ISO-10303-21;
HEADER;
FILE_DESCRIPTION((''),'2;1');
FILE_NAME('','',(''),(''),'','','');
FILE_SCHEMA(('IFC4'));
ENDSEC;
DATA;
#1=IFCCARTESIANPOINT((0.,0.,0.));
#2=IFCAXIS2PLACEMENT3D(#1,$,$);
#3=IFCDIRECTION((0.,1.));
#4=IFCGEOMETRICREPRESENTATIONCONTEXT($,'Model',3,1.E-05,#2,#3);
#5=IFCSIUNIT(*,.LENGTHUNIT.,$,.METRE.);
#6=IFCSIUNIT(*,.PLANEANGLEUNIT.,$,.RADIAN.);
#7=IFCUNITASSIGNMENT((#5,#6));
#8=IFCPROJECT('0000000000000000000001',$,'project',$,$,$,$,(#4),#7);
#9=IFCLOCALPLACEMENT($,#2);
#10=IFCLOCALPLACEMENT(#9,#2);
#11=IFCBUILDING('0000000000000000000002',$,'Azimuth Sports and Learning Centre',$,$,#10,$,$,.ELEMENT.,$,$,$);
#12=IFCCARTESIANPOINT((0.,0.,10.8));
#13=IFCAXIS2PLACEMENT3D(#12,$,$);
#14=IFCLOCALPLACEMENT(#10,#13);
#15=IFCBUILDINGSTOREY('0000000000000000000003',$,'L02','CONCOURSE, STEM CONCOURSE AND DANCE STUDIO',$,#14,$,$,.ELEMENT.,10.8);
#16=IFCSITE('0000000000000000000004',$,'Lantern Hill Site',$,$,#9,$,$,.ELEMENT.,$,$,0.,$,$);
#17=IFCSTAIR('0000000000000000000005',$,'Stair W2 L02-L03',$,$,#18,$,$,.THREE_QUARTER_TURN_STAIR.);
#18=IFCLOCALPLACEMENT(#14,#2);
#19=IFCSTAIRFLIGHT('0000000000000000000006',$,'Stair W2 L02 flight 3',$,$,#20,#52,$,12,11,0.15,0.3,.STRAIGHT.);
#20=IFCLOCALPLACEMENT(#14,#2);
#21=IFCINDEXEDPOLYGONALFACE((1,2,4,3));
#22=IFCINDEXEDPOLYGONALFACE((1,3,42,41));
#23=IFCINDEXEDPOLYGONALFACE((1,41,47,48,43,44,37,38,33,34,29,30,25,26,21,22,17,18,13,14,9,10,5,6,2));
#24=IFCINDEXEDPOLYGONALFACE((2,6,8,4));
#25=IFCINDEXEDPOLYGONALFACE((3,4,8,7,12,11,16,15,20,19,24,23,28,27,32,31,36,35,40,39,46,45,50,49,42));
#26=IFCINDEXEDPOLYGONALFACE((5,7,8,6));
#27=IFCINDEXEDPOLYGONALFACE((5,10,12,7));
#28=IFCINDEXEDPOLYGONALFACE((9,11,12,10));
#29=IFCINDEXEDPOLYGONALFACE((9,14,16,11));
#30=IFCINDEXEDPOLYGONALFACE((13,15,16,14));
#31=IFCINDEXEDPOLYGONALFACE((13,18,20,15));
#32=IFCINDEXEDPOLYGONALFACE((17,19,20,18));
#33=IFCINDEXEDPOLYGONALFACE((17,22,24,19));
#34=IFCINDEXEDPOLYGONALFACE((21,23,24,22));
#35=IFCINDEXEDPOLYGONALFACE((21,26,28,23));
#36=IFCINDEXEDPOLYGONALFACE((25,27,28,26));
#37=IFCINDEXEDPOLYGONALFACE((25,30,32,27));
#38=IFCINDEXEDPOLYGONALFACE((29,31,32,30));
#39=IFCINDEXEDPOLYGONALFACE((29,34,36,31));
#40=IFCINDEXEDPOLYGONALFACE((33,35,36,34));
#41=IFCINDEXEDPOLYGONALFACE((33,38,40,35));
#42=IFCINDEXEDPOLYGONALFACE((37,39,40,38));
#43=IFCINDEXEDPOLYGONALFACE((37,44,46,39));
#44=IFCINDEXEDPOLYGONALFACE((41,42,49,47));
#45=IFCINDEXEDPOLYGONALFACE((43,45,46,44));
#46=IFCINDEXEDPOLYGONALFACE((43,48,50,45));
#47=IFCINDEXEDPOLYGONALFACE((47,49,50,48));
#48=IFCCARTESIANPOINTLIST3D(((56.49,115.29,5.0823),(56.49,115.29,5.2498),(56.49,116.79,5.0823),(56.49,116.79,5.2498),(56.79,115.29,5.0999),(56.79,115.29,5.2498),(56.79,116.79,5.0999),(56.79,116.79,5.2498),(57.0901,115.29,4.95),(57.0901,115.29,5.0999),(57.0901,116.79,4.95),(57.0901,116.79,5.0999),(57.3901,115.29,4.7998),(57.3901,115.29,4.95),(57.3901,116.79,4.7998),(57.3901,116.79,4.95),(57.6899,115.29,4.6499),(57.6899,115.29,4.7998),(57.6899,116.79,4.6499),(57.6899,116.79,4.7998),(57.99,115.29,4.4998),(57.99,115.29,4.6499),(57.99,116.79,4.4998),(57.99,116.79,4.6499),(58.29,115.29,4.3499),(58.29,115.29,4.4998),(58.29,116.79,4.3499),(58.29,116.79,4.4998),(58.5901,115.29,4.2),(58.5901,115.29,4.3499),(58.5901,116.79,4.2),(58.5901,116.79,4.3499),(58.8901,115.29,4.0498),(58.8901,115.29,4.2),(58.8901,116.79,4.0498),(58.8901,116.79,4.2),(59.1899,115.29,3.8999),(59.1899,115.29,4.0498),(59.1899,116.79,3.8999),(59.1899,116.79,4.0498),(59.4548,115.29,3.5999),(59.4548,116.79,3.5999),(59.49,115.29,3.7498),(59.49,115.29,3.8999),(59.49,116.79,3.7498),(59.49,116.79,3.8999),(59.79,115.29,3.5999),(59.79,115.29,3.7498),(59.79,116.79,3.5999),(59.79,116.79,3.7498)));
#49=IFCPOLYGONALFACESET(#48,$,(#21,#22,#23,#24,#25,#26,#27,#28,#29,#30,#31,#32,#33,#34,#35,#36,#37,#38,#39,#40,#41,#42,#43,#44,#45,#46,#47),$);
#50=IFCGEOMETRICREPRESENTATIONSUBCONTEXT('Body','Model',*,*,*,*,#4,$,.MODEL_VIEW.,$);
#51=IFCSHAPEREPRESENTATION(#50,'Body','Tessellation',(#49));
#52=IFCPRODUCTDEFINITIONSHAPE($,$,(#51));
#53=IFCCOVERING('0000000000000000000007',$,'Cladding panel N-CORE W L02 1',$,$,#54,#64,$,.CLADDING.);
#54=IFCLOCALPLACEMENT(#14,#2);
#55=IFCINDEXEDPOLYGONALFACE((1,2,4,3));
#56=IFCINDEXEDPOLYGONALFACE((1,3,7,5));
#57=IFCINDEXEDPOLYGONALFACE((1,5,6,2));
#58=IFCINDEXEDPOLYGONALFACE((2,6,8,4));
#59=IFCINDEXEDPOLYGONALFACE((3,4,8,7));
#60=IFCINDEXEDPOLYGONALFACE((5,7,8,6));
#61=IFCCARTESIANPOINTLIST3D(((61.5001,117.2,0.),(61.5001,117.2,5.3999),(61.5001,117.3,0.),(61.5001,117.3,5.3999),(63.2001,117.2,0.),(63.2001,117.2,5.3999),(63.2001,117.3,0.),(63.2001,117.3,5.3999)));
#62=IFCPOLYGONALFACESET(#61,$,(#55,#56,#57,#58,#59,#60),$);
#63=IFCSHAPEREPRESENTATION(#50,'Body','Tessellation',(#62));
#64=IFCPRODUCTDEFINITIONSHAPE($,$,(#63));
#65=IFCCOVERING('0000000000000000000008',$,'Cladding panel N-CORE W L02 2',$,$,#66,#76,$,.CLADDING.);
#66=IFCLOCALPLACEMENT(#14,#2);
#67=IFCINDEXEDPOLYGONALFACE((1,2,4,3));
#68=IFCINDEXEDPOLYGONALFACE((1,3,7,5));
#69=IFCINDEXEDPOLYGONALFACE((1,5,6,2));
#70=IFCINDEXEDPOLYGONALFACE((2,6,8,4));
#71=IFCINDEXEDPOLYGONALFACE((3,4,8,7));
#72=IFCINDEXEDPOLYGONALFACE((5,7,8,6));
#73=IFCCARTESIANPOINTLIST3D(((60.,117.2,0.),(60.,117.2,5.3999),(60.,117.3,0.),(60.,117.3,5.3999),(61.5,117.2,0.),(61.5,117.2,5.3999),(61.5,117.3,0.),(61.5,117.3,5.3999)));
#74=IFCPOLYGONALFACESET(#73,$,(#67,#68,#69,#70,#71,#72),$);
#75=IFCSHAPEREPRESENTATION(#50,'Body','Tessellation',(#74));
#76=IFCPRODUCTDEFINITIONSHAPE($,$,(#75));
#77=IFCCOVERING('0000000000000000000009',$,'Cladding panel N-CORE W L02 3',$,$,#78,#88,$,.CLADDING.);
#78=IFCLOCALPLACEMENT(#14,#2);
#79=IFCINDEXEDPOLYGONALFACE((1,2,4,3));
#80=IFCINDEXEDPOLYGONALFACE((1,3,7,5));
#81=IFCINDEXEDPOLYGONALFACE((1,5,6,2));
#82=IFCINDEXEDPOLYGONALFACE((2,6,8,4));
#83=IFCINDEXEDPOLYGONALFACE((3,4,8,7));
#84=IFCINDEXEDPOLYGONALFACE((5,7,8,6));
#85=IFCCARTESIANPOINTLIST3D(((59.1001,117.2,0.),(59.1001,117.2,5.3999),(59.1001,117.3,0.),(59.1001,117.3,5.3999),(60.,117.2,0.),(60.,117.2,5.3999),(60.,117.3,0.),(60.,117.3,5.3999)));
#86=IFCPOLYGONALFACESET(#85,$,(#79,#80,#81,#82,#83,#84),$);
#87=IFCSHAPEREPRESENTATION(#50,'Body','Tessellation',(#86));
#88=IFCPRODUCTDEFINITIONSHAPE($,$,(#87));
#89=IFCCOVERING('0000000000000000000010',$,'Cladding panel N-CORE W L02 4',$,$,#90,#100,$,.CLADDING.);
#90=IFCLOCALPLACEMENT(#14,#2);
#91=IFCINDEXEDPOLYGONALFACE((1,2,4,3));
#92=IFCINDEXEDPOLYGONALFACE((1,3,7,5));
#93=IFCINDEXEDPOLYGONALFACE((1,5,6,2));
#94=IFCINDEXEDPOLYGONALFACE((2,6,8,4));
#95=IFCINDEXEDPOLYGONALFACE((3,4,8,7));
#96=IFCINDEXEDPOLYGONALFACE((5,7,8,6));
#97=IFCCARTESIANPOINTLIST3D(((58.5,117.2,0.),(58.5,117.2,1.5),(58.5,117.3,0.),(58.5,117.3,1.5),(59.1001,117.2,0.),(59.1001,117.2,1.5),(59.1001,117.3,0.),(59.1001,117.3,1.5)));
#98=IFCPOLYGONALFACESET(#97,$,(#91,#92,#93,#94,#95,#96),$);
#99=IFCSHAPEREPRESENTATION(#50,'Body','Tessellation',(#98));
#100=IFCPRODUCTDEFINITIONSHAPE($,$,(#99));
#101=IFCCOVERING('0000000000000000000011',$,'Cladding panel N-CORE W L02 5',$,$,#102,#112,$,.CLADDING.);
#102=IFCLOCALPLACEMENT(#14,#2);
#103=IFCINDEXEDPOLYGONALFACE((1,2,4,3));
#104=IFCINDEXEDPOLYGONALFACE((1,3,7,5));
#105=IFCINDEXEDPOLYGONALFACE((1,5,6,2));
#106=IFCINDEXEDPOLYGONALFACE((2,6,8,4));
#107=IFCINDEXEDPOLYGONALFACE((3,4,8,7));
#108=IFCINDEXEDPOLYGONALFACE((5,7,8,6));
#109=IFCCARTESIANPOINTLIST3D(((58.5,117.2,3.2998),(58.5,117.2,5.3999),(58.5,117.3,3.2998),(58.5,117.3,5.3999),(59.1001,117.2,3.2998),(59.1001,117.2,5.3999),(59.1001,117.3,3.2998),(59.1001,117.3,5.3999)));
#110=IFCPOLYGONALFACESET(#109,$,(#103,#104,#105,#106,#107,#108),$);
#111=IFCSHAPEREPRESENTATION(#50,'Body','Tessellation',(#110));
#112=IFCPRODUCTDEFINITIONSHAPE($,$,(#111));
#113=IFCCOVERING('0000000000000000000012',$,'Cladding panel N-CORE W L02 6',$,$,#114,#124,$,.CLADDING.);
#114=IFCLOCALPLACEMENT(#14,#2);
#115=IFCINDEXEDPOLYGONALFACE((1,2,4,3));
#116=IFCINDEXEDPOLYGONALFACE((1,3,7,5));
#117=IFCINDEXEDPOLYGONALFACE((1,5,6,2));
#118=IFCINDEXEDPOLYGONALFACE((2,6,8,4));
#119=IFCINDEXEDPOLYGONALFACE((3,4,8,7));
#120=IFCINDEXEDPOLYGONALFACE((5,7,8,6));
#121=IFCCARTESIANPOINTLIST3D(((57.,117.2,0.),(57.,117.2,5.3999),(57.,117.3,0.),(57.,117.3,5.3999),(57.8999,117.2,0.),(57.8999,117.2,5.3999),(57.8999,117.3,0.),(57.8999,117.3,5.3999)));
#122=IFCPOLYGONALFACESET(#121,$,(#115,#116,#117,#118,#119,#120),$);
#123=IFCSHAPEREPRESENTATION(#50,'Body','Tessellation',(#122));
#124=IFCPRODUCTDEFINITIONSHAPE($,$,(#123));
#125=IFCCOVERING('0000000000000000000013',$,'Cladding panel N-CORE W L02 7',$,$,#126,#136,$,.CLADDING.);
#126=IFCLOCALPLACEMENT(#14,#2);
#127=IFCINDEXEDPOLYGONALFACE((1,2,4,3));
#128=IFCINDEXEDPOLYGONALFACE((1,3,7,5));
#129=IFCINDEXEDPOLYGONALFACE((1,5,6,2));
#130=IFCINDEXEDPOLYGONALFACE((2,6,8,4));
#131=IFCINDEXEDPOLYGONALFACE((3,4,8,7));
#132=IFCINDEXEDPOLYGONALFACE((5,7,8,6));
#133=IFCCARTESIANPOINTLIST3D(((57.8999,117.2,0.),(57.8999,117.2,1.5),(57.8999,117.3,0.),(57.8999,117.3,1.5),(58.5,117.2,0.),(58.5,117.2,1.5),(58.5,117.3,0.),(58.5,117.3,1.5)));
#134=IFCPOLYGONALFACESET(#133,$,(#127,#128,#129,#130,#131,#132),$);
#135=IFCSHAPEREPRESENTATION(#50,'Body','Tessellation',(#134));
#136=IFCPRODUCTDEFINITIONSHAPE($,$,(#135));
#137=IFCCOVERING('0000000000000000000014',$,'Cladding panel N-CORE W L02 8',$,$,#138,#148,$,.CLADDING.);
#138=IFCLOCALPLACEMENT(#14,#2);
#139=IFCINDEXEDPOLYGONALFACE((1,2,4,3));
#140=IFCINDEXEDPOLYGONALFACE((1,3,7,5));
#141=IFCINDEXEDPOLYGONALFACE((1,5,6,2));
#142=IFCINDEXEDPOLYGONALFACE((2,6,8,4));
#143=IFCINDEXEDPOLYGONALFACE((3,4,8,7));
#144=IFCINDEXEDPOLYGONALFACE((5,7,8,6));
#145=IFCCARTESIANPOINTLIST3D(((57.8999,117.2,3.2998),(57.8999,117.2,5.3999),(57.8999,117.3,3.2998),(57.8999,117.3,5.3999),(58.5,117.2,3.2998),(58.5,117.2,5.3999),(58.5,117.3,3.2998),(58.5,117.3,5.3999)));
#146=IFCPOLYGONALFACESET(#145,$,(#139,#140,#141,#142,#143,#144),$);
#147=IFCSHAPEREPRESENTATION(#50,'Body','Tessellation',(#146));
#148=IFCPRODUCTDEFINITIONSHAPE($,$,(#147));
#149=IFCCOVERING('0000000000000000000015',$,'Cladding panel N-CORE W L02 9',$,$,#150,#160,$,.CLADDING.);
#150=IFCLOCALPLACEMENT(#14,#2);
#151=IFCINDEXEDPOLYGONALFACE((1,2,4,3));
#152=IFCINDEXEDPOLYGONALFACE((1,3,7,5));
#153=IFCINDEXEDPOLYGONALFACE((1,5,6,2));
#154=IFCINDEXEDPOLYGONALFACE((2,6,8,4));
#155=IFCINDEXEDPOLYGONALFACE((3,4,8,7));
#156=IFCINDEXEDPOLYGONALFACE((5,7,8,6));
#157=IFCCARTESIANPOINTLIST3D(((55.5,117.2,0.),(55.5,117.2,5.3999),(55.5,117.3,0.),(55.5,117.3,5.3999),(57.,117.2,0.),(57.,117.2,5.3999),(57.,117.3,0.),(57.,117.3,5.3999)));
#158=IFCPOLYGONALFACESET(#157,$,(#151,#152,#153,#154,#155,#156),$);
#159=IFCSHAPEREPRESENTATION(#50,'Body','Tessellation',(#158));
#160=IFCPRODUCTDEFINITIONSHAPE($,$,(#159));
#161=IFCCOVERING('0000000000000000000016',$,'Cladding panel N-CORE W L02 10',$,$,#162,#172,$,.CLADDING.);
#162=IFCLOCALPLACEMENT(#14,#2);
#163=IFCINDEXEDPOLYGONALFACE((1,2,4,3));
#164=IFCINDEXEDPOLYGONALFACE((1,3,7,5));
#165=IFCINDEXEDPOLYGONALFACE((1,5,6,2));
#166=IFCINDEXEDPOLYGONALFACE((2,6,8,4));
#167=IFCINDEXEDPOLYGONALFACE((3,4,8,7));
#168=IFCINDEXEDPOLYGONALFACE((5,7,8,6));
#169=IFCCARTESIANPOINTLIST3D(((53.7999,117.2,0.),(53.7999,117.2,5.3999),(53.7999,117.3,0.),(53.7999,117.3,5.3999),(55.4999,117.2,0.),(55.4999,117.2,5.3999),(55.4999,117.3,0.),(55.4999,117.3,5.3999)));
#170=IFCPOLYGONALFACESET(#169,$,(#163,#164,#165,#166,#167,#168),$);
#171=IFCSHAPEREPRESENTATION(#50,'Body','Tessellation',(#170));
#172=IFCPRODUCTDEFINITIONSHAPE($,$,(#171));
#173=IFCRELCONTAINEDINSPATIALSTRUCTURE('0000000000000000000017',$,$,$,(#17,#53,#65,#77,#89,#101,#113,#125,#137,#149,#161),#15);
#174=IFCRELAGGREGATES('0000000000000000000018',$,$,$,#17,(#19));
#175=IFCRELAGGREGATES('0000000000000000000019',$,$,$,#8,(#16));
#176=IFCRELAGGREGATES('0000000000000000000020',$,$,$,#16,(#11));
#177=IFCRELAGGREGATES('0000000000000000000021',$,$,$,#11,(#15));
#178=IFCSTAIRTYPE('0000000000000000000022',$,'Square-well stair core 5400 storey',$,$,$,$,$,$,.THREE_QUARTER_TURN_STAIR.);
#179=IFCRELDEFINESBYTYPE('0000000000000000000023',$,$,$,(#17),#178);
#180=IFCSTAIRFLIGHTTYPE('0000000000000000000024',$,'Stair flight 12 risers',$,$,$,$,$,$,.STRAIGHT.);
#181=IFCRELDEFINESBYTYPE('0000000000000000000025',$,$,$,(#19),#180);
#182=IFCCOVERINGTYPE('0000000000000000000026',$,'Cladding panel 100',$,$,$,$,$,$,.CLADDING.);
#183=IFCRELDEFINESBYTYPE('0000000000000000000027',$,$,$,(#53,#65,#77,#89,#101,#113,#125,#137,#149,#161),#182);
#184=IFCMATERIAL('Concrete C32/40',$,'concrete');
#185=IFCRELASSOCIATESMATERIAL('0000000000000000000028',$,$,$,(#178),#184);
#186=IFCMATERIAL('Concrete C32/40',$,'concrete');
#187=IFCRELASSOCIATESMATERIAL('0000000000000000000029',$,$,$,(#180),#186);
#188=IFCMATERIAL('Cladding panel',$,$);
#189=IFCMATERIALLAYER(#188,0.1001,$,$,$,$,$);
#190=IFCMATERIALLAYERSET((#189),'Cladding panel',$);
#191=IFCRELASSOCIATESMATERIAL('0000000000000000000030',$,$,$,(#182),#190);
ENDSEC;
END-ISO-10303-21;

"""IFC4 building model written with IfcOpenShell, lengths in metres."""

from ifc_helpers import new_model, si_unit, direction, frame, origin, origin_2d, place, context, subcontext, project, spatial, polyline, rectangle, outline, extrude, material, layer, layer_set, type_object, element, aggregate, save


model = new_model("IFC4")

# Units and contexts
model_context = context("Model", 3, precision=1e-05, world=origin(), true_north=direction((0.0, 1.0)))
body_context = subcontext(model_context, "Body", "Model", "MODEL_VIEW")
ifc_project = project(units=[si_unit("LENGTHUNIT", "METRE"), si_unit("PLANEANGLEUNIT", "RADIAN")], contexts=[model_context])

# Site, building, storey
site_placement = place(None, origin())
site = spatial("IfcSite", under=ifc_project, at=site_placement, Name="Lantern Hill Site", CompositionType="ELEMENT", RefElevation=0.0)
building_placement = place(site_placement, origin())
building = spatial("IfcBuilding", under=site, at=building_placement, Name="Azimuth Sports and Learning Centre", CompositionType="ELEMENT")
storey_placement = place(building_placement, frame((0.0, 0.0, 10.8)))
storey = spatial("IfcBuildingStorey", under=building, at=storey_placement, Name="L02", Description="CONCOURSE, STEM CONCOURSE AND DANCE STUDIO", CompositionType="ELEMENT", Elevation=10.8)

# Stair, stair flight
ifc_material_1 = material(Name="Concrete C32/40", Category="concrete")
stair_type = type_object("IfcStairType", Name="Square-well stair core 5400 storey", PredefinedType="THREE_QUARTER_TURN_STAIR", material=ifc_material_1)
stair_placement = place(storey_placement, origin())
stair = element("IfcStair", 1, at=stair_placement, inside=storey, type_object=stair_type, Name="Stair W2 L02-L03", PredefinedType="THREE_QUARTER_TURN_STAIR")
ifc_material_2 = material(Name="Concrete C32/40", Category="concrete")
stair_flight_type = type_object("IfcStairFlightType", Name="Stair flight 12 risers", PredefinedType="STRAIGHT", material=ifc_material_2)
stair_flight_placement = place(storey_placement, frame((59.79, 116.04, 3.5999), z_axis=(0.0, 0.0, 1.0), x_axis=(-1.0, 0.0, 0.0)))
stair_flight = element("IfcStairFlight", 2, at=stair_flight_placement, type_object=stair_flight_type, Name="Stair W2 L02 flight 3", NumberOfRisers=12, NumberOfTreads=11, PredefinedType="STRAIGHT", RiserHeight=0.15, TreadLength=0.3, context=body_context, shape_type="SweptSolid", body=[
    extrude(outline(polyline([(0.0, 0.0), (0.0, 0.1499), (0.3, 0.1499), (0.3, 0.3), (0.6001, 0.3), (0.6001, 0.45), (0.8999, 0.45), (0.8999, 0.6001), (1.2, 0.6001), (1.2, 0.75), (1.5, 0.75), (1.5, 0.8999), (1.8, 0.8999), (1.8, 1.05), (2.1001, 1.05), (2.1001, 1.2), (2.3999, 1.2), (2.3999, 1.3501), (2.7, 1.3501), (2.7, 1.5), (3.0, 1.5), (3.0, 1.6499), (3.3, 1.6499), (3.3, 1.8), (3.3, 1.4824), (0.3352, 0.0), (0.0, 0.0)])), frame((0.0, 0.75, 0.0), z_axis=(0.0, -1.0, 0.0), x_axis=(1.0, 0.0, 0.0)), (0.0, 0.0, 1.0), 1.5),
])
aggregate(stair, [stair_flight])

# Coverings
ifc_material_3 = material(Name="Cladding panel")
ifc_layer_1 = layer(ifc_material_3, 0.1001)
ifc_layer_set_1 = layer_set([ifc_layer_1], Name="Cladding panel")
covering_type = type_object("IfcCoveringType", Name="Cladding panel 100", PredefinedType="CLADDING", material=ifc_layer_set_1)
covering_1_placement = place(storey_placement, frame((62.3501, 117.25, 0.0), z_axis=(0.0, 0.0, 1.0), x_axis=(-1.0, 0.0, 0.0)))
element("IfcCovering", 3, at=covering_1_placement, inside=storey, type_object=covering_type, Name="Cladding panel N-CORE W L02 1", PredefinedType="CLADDING", context=body_context, shape_type="SweptSolid", body=[
    extrude(rectangle(XDim=1.7, YDim=0.1001, at=origin_2d()), origin(), (0.0, 0.0, 1.0), 5.3999),
])
covering_2_placement = place(storey_placement, frame((60.75, 117.25, 0.0), z_axis=(0.0, 0.0, 1.0), x_axis=(-1.0, 0.0, 0.0)))
element("IfcCovering", 4, at=covering_2_placement, inside=storey, type_object=covering_type, Name="Cladding panel N-CORE W L02 2", PredefinedType="CLADDING", context=body_context, shape_type="SweptSolid", body=[
    extrude(rectangle(XDim=1.5, YDim=0.1001, at=origin_2d()), origin(), (0.0, 0.0, 1.0), 5.3999),
])
covering_3_placement = place(storey_placement, frame((59.55, 117.25, 0.0), z_axis=(0.0, 0.0, 1.0), x_axis=(-1.0, 0.0, 0.0)))
element("IfcCovering", 5, at=covering_3_placement, inside=storey, type_object=covering_type, Name="Cladding panel N-CORE W L02 3", PredefinedType="CLADDING", context=body_context, shape_type="SweptSolid", body=[
    extrude(rectangle(XDim=0.8999, YDim=0.1001, at=origin_2d()), origin(), (0.0, 0.0, 1.0), 5.3999),
])
covering_4_placement = place(storey_placement, frame((58.8, 117.25, 0.0), z_axis=(0.0, 0.0, 1.0), x_axis=(-1.0, 0.0, 0.0)))
element("IfcCovering", 6, at=covering_4_placement, inside=storey, type_object=covering_type, Name="Cladding panel N-CORE W L02 4", PredefinedType="CLADDING", context=body_context, shape_type="SweptSolid", body=[
    extrude(rectangle(XDim=0.6001, YDim=0.1001, at=origin_2d()), origin(), (0.0, 0.0, 1.0), 1.5),
])
covering_5_placement = place(storey_placement, frame((58.8, 117.25, 3.2998), z_axis=(0.0, 0.0, 1.0), x_axis=(-1.0, 0.0, 0.0)))
element("IfcCovering", 7, at=covering_5_placement, inside=storey, type_object=covering_type, Name="Cladding panel N-CORE W L02 5", PredefinedType="CLADDING", context=body_context, shape_type="SweptSolid", body=[
    extrude(rectangle(XDim=0.6001, YDim=0.1001, at=origin_2d()), origin(), (0.0, 0.0, 1.0), 2.1001),
])
covering_6_placement = place(storey_placement, frame((57.45, 117.25, 0.0), z_axis=(0.0, 0.0, 1.0), x_axis=(-1.0, 0.0, 0.0)))
element("IfcCovering", 8, at=covering_6_placement, inside=storey, type_object=covering_type, Name="Cladding panel N-CORE W L02 6", PredefinedType="CLADDING", context=body_context, shape_type="SweptSolid", body=[
    extrude(rectangle(XDim=0.8999, YDim=0.1001, at=origin_2d()), origin(), (0.0, 0.0, 1.0), 5.3999),
])
covering_7_placement = place(storey_placement, frame((58.2, 117.25, 0.0), z_axis=(0.0, 0.0, 1.0), x_axis=(-1.0, 0.0, 0.0)))
element("IfcCovering", 9, at=covering_7_placement, inside=storey, type_object=covering_type, Name="Cladding panel N-CORE W L02 7", PredefinedType="CLADDING", context=body_context, shape_type="SweptSolid", body=[
    extrude(rectangle(XDim=0.6001, YDim=0.1001, at=origin_2d()), origin(), (0.0, 0.0, 1.0), 1.5),
])
covering_8_placement = place(storey_placement, frame((58.2, 117.25, 3.2998), z_axis=(0.0, 0.0, 1.0), x_axis=(-1.0, 0.0, 0.0)))
element("IfcCovering", 10, at=covering_8_placement, inside=storey, type_object=covering_type, Name="Cladding panel N-CORE W L02 8", PredefinedType="CLADDING", context=body_context, shape_type="SweptSolid", body=[
    extrude(rectangle(XDim=0.6001, YDim=0.1001, at=origin_2d()), origin(), (0.0, 0.0, 1.0), 2.1001),
])
covering_9_placement = place(storey_placement, frame((56.25, 117.25, 0.0), z_axis=(0.0, 0.0, 1.0), x_axis=(-1.0, 0.0, 0.0)))
element("IfcCovering", 11, at=covering_9_placement, inside=storey, type_object=covering_type, Name="Cladding panel N-CORE W L02 9", PredefinedType="CLADDING", context=body_context, shape_type="SweptSolid", body=[
    extrude(rectangle(XDim=1.5, YDim=0.1001, at=origin_2d()), origin(), (0.0, 0.0, 1.0), 5.3999),
])
covering_10_placement = place(storey_placement, frame((54.6499, 117.25, 0.0), z_axis=(0.0, 0.0, 1.0), x_axis=(-1.0, 0.0, 0.0)))
element("IfcCovering", 12, at=covering_10_placement, inside=storey, type_object=covering_type, Name="Cladding panel N-CORE W L02 10", PredefinedType="CLADDING", context=body_context, shape_type="SweptSolid", body=[
    extrude(rectangle(XDim=1.7, YDim=0.1001, at=origin_2d()), origin(), (0.0, 0.0, 1.0), 5.3999),
])

save(model, "model.ifc")
